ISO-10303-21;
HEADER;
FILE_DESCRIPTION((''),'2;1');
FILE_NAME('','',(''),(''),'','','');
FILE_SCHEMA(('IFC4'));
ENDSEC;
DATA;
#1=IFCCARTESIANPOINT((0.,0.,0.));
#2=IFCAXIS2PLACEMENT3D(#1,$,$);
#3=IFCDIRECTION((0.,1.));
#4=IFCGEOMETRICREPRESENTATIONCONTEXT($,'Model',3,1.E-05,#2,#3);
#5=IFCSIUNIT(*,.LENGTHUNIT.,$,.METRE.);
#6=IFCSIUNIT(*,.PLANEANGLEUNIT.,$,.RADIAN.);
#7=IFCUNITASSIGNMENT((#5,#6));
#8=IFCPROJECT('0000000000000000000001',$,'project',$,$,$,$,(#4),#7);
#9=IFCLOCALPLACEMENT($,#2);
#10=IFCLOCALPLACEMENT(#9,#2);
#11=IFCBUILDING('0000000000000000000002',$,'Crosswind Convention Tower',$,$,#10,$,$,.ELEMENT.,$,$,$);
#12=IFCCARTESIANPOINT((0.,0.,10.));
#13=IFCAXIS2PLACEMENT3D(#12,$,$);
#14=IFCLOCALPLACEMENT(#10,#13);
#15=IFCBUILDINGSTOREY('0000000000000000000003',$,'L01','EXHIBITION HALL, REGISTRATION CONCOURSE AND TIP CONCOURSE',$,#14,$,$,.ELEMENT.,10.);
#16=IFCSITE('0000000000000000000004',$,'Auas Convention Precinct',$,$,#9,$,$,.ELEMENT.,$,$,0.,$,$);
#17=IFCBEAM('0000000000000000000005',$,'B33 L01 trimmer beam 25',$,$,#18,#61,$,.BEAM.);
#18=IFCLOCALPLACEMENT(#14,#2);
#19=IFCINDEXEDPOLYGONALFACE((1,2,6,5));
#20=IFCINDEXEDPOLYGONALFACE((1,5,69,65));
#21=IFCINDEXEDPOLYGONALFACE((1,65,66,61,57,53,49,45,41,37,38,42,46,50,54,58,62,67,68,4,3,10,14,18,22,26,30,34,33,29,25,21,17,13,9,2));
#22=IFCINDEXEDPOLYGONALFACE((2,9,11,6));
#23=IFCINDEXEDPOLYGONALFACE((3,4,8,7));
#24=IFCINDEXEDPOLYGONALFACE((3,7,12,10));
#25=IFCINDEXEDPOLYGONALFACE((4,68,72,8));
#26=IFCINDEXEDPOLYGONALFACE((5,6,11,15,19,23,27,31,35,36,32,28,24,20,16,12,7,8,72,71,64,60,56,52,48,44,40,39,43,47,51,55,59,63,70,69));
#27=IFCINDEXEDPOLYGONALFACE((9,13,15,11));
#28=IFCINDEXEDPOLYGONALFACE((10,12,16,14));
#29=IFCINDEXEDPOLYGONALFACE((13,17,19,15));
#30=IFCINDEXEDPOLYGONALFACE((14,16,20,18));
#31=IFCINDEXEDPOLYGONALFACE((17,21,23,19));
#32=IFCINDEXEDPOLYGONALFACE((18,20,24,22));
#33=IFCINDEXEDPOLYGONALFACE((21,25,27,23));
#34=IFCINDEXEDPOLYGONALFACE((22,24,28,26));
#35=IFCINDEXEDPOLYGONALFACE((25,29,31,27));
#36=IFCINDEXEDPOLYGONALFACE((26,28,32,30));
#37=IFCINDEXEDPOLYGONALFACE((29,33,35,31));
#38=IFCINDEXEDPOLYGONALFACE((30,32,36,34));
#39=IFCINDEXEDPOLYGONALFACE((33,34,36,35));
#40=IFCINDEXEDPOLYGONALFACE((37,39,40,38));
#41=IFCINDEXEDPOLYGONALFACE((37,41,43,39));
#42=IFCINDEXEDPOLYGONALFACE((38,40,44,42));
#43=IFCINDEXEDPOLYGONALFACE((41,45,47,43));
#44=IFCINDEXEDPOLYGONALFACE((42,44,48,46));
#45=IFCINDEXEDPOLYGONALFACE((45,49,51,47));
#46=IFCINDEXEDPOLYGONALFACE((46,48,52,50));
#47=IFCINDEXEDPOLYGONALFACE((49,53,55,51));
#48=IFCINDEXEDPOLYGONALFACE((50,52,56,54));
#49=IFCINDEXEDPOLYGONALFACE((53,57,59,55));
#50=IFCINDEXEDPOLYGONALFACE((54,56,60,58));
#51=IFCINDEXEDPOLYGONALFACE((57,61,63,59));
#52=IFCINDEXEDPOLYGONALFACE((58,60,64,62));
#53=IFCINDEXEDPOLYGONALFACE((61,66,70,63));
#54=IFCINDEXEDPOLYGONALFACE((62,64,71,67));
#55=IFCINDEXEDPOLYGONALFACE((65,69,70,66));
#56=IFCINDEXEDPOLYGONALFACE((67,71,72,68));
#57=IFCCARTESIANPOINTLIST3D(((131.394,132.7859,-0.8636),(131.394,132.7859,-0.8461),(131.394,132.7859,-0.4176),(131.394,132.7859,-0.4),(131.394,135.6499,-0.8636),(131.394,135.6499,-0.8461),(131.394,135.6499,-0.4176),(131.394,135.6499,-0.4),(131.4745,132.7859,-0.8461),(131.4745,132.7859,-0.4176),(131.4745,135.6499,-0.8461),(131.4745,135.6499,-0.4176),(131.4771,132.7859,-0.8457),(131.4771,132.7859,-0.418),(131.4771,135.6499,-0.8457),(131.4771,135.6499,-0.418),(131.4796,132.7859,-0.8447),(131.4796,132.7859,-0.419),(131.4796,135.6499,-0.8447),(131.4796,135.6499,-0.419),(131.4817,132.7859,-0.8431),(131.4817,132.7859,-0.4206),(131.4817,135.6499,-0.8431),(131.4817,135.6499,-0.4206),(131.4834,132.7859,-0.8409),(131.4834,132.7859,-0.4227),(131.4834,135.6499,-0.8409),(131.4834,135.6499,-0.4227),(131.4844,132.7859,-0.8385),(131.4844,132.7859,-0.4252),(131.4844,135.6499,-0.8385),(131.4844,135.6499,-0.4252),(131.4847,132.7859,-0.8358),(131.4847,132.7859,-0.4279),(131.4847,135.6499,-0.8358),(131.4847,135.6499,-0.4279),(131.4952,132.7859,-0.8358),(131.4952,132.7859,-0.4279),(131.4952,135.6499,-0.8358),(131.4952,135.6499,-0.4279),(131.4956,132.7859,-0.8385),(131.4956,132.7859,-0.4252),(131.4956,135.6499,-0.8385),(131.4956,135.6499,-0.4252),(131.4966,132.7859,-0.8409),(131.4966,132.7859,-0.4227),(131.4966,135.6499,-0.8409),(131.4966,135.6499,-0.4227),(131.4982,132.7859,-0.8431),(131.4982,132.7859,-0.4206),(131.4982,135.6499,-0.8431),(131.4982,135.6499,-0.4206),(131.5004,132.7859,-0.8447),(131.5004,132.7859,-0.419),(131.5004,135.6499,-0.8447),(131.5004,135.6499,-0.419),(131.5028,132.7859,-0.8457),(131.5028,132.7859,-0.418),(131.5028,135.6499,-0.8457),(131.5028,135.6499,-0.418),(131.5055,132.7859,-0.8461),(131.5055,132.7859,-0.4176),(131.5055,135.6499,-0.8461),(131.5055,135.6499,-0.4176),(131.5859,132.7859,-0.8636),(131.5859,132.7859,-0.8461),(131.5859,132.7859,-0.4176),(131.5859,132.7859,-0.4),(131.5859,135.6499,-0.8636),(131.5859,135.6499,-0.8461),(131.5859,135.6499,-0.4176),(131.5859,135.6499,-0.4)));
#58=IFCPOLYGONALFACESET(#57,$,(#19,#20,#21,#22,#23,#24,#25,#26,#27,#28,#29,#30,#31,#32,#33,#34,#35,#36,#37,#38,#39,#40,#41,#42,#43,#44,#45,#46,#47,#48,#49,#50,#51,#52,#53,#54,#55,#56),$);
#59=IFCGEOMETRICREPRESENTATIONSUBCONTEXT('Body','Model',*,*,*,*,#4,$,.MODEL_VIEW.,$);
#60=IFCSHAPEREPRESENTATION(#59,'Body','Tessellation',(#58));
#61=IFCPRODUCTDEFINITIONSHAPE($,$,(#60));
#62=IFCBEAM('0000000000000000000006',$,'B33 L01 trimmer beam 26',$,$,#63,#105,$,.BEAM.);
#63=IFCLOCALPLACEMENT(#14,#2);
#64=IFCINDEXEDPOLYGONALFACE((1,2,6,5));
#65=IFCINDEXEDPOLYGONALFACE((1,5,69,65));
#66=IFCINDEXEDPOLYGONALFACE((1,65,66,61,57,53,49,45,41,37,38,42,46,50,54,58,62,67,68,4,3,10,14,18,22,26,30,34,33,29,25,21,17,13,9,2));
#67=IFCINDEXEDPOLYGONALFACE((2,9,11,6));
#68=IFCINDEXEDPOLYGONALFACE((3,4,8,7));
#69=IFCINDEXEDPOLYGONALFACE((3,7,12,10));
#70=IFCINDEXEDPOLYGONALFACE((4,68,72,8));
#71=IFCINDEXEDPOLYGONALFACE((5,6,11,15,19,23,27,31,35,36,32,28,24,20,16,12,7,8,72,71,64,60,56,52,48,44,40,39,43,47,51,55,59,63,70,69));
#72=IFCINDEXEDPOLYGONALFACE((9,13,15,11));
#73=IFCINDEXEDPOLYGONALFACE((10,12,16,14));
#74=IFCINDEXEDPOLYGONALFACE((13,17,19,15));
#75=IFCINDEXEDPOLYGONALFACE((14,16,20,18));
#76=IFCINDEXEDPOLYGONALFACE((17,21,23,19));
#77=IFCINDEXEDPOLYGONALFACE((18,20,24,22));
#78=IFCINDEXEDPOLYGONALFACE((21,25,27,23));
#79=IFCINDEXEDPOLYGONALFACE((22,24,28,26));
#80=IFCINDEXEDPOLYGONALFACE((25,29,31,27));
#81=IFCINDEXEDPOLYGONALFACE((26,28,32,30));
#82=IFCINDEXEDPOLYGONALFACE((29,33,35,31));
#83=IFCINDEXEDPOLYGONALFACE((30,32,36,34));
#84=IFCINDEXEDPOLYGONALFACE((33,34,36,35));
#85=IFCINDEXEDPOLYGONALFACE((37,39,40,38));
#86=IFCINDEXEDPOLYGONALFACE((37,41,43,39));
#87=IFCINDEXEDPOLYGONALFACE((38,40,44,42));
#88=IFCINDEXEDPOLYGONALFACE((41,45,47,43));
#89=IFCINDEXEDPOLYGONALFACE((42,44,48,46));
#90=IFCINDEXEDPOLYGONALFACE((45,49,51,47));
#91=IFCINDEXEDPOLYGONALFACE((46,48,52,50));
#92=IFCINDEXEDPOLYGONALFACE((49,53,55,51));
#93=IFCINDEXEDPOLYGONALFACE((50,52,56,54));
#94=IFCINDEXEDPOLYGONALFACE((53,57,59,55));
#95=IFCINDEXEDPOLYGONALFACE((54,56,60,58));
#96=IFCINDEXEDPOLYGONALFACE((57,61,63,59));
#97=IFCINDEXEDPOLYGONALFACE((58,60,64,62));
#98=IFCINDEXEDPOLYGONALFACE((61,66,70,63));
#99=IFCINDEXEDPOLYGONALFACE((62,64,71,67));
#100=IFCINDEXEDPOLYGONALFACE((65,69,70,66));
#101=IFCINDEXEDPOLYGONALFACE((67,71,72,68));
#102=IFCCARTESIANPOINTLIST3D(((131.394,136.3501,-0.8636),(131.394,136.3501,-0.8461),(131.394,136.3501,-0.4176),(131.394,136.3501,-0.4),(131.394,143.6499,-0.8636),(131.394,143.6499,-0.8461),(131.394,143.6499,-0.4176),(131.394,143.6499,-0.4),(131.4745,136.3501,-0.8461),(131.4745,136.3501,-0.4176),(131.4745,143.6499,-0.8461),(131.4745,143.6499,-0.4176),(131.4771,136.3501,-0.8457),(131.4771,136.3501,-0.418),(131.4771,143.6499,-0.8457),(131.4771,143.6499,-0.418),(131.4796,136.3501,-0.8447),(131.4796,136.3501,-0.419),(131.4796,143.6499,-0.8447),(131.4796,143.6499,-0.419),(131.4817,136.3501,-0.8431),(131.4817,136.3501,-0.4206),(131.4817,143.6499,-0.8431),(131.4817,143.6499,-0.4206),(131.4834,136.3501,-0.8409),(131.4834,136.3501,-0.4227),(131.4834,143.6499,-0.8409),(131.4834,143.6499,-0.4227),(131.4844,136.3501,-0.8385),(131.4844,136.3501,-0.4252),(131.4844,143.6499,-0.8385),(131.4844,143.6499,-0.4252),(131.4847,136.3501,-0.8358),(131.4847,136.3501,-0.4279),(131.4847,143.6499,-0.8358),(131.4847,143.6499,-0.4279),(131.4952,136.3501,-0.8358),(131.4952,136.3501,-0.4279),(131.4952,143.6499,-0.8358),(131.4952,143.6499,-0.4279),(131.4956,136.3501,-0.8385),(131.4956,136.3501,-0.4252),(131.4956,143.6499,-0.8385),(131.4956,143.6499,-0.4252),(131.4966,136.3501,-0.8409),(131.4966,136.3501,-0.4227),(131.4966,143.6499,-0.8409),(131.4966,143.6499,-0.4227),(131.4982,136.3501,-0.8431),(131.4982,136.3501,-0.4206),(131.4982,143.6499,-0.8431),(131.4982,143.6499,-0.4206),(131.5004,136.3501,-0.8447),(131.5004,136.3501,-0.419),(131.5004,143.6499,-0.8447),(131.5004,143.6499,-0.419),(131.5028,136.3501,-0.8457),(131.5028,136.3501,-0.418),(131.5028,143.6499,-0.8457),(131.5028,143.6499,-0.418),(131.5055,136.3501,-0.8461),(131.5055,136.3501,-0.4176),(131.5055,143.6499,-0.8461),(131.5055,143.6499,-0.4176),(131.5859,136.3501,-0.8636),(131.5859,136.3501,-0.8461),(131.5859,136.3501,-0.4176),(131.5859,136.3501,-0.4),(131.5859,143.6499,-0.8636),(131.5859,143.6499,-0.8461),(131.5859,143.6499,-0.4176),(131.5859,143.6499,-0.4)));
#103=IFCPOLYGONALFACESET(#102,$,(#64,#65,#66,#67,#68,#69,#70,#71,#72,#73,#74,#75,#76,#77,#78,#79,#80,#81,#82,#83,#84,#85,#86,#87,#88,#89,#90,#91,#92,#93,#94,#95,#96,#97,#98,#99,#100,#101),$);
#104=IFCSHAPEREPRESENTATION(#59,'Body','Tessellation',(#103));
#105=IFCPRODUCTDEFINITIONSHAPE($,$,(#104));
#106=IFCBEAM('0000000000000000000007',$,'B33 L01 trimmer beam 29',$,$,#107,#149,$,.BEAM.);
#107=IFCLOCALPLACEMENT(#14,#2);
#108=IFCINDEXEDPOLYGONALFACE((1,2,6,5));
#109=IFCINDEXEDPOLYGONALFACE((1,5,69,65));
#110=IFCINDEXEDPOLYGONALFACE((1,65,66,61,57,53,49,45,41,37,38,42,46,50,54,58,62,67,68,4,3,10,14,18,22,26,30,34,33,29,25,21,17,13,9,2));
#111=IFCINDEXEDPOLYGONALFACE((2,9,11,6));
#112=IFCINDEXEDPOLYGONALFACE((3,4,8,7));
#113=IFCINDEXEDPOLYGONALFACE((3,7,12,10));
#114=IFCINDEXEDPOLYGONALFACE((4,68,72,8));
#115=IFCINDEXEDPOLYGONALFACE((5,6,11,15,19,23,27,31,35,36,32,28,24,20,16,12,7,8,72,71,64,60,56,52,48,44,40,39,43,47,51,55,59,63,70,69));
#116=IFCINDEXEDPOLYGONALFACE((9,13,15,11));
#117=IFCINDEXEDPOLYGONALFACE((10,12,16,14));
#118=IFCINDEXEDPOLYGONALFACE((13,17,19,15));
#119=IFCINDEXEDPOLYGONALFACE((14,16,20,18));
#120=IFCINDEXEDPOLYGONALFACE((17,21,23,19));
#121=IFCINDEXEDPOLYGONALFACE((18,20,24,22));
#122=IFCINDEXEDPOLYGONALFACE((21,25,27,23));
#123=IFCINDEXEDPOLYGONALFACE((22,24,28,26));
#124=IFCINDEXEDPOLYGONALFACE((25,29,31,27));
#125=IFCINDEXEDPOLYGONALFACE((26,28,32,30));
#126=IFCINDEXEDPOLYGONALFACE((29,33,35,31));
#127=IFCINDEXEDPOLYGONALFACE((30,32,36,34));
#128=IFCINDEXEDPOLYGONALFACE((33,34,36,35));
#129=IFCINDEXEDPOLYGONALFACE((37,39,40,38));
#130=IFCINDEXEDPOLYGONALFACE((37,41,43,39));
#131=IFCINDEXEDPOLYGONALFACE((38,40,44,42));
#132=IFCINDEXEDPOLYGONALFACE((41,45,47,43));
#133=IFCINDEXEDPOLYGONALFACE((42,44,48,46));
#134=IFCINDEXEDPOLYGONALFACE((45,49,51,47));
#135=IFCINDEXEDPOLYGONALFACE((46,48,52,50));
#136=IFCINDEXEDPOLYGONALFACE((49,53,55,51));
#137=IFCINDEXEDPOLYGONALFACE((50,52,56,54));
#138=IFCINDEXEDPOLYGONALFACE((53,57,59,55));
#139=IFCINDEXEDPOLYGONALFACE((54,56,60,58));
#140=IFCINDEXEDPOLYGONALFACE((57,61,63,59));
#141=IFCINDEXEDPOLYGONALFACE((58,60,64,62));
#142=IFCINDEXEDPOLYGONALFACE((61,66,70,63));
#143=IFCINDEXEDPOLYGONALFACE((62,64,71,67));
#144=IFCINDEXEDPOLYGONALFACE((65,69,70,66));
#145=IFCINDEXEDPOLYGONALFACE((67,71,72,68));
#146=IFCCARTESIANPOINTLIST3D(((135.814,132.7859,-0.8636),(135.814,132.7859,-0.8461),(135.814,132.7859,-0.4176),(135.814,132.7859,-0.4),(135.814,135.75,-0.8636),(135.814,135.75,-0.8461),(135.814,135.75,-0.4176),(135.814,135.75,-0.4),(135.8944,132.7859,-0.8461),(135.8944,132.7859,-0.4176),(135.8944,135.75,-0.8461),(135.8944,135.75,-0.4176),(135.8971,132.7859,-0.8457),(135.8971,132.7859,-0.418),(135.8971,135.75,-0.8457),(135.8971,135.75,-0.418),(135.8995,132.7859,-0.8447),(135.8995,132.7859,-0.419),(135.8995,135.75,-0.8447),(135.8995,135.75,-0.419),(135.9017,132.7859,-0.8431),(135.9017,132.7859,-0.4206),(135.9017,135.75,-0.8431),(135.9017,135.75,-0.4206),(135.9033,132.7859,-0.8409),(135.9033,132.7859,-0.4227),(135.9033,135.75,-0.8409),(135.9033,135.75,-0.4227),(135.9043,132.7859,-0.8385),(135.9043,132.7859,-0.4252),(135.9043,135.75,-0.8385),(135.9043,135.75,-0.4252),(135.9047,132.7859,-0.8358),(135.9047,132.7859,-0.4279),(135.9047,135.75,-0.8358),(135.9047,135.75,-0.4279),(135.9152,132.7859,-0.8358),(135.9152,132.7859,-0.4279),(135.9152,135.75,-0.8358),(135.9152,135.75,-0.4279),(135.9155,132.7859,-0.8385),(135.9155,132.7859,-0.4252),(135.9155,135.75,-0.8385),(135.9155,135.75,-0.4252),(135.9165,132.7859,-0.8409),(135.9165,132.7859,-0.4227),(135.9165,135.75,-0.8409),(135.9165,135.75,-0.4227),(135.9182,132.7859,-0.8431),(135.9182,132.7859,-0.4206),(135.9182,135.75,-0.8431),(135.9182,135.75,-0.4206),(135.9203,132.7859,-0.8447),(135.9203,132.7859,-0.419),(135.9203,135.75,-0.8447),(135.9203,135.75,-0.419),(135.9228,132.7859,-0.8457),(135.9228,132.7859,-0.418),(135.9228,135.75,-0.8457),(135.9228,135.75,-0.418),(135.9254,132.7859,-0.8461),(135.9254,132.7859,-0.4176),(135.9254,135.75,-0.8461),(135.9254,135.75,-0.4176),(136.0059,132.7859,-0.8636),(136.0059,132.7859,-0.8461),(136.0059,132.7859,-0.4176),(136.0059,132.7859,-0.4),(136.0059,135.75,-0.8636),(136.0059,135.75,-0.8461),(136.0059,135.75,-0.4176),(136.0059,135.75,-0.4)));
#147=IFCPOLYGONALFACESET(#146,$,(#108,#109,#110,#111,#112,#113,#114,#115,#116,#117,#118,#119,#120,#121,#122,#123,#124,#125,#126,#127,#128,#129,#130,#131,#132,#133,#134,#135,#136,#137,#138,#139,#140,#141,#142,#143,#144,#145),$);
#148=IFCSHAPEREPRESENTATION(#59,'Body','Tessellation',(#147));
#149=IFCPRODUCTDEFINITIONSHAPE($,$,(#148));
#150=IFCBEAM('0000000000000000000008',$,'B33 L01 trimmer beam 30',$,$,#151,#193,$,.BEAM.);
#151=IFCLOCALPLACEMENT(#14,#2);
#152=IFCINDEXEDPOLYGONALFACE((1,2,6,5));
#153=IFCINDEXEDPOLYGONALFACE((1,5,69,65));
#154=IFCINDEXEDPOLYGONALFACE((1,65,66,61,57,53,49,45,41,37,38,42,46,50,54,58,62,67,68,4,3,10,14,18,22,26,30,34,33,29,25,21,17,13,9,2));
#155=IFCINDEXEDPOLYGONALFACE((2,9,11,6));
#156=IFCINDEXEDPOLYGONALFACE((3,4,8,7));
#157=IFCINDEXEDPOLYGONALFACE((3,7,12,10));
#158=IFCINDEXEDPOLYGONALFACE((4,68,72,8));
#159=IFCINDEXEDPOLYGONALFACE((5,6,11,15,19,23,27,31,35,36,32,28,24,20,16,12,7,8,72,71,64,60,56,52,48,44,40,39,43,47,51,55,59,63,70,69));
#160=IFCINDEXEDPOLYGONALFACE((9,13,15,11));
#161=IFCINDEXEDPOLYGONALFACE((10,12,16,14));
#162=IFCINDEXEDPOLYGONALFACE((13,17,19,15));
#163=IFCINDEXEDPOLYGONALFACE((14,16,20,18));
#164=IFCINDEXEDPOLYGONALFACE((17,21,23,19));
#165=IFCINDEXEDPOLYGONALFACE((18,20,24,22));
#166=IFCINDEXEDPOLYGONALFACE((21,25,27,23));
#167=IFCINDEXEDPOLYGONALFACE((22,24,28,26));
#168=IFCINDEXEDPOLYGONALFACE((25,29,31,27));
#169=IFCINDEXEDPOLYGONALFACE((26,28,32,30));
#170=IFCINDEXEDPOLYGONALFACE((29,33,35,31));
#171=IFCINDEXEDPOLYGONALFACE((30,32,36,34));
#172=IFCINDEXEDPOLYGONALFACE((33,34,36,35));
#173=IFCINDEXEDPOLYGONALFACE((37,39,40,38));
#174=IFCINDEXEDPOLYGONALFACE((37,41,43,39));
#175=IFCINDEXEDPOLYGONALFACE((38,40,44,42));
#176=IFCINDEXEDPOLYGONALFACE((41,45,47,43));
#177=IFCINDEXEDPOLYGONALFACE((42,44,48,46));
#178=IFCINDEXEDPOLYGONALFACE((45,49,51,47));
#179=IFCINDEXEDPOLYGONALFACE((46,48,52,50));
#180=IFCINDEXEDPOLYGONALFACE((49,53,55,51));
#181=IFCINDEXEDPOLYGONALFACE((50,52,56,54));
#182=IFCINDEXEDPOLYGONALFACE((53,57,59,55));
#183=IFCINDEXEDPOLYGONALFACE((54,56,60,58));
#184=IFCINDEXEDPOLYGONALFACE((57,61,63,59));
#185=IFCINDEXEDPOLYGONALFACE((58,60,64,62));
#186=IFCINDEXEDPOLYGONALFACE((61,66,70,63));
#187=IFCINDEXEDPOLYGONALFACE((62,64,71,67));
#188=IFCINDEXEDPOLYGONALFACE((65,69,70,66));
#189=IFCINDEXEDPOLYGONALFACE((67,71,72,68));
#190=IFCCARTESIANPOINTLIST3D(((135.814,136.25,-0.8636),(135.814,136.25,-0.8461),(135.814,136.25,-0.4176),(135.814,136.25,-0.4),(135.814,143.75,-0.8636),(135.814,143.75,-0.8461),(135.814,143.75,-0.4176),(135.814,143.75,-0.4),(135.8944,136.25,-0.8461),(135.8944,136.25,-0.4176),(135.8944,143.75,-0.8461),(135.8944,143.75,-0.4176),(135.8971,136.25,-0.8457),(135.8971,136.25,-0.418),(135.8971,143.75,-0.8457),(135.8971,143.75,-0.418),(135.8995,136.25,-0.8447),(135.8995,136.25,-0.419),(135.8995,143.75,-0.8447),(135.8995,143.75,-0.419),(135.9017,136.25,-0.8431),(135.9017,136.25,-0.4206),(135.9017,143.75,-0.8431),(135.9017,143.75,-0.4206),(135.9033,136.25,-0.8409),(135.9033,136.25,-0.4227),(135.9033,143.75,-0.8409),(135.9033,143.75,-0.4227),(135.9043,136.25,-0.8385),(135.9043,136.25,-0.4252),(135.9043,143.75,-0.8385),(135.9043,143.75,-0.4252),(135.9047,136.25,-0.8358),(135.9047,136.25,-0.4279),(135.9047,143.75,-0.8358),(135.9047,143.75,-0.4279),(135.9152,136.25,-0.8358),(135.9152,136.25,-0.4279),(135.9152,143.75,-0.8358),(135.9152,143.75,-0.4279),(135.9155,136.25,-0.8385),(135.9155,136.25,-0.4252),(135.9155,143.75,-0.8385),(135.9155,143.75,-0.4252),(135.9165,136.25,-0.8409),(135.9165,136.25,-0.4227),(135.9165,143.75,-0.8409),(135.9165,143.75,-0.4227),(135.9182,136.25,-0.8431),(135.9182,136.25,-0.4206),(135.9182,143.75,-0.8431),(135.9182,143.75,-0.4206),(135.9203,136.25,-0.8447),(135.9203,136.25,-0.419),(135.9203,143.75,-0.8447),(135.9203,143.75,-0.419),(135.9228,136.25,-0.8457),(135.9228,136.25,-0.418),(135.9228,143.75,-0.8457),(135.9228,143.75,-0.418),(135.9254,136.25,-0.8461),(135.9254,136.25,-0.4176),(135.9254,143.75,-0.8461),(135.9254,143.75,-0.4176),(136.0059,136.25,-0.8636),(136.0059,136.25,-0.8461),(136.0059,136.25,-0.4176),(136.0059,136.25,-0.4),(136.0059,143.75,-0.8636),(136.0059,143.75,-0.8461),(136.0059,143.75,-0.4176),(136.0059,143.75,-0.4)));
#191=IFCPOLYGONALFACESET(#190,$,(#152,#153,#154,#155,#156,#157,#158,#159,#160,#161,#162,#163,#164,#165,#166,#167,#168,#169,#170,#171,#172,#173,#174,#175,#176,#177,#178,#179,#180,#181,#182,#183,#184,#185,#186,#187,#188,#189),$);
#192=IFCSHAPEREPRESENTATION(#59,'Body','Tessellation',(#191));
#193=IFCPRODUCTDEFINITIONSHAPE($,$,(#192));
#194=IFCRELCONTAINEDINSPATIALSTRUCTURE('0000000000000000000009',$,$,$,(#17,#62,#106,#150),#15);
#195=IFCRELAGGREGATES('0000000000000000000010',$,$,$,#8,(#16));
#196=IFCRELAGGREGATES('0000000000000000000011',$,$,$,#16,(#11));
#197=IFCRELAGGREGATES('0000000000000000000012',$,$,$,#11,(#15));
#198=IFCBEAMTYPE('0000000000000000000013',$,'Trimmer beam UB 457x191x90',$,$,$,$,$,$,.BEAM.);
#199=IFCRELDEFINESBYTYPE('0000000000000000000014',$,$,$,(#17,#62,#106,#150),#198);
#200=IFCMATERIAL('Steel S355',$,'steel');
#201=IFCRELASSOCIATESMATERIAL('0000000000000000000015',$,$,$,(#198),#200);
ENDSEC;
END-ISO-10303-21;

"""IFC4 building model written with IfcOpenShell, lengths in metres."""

from ifc_helpers import new_model, si_unit, direction, frame, origin, origin_2d, place, context, subcontext, project, spatial, i_section, extrude, material, material_profile, profile_set, type_object, element, save


model = new_model("IFC4")

# Units and contexts
model_context = context("Model", 3, precision=1e-05, world=origin(), true_north=direction((0.0, 1.0)))
body_context = subcontext(model_context, "Body", "Model", "MODEL_VIEW")
ifc_project = project(units=[si_unit("LENGTHUNIT", "METRE"), si_unit("PLANEANGLEUNIT", "RADIAN")], contexts=[model_context])

# Site, building, storey
site_placement = place(None, origin())
site = spatial("IfcSite", under=ifc_project, at=site_placement, Name="Auas Convention Precinct", CompositionType="ELEMENT", RefElevation=0.0)
building_placement = place(site_placement, origin())
building = spatial("IfcBuilding", under=site, at=building_placement, Name="Crosswind Convention Tower", CompositionType="ELEMENT")
storey_placement = place(building_placement, frame((0.0, 0.0, 10.0)))
storey = spatial("IfcBuildingStorey", under=building, at=storey_placement, Name="L01", Description="EXHIBITION HALL, REGISTRATION CONCOURSE AND TIP CONCOURSE", CompositionType="ELEMENT", Elevation=10.0)

# Shared definitions
ifc_material_1 = material(Name="Steel S355", Category="steel")

# Beams
ifc_material_profile_1 = material_profile(ifc_material_1, i_section(OverallWidth=0.1919, OverallDepth=0.4636, WebThickness=0.0105, FlangeThickness=0.0176, FilletRadius=0.0103, at=origin_2d()), Name="UB 457x191x90")
ifc_profile_set_1 = profile_set([ifc_material_profile_1], Name="Steel S355")
beam_type_1 = type_object("IfcBeamType", Name="Trimmer beam UB 457x191x90", PredefinedType="BEAM", material=ifc_profile_set_1)
beam_1_placement = place(storey_placement, frame((131.49, 132.7859, -0.6318), z_axis=(0.0, 1.0, 0.0), x_axis=(-1.0, 0.0, 0.0)))
element("IfcBeam", 1, at=beam_1_placement, inside=storey, type_object=beam_type_1, Name="B33 L01 trimmer beam 25", PredefinedType="BEAM", context=body_context, shape_type="SweptSolid", body=[
    extrude(i_section(OverallWidth=0.1919, OverallDepth=0.4636, WebThickness=0.0105, FlangeThickness=0.0176, FilletRadius=0.0103, at=origin_2d()), origin(), (0.0, 0.0, 1.0), 2.864),
])
beam_2_placement = place(storey_placement, frame((131.49, 136.3501, -0.6318), z_axis=(0.0, 1.0, 0.0), x_axis=(-1.0, 0.0, 0.0)))
element("IfcBeam", 2, at=beam_2_placement, inside=storey, type_object=beam_type_1, Name="B33 L01 trimmer beam 26", PredefinedType="BEAM", context=body_context, shape_type="SweptSolid", body=[
    extrude(i_section(OverallWidth=0.1919, OverallDepth=0.4636, WebThickness=0.0105, FlangeThickness=0.0176, FilletRadius=0.0103, at=origin_2d()), origin(), (0.0, 0.0, 1.0), 7.2998),
])
beam_3_placement = place(storey_placement, frame((135.9099, 132.7859, -0.6318), z_axis=(0.0, 1.0, 0.0), x_axis=(-1.0, 0.0, 0.0)))
element("IfcBeam", 3, at=beam_3_placement, inside=storey, type_object=beam_type_1, Name="B33 L01 trimmer beam 29", PredefinedType="BEAM", context=body_context, shape_type="SweptSolid", body=[
    extrude(i_section(OverallWidth=0.1919, OverallDepth=0.4636, WebThickness=0.0105, FlangeThickness=0.0176, FilletRadius=0.0103, at=origin_2d()), origin(), (0.0, 0.0, 1.0), 2.9641),
])
beam_4_placement = place(storey_placement, frame((135.9099, 136.25, -0.6318), z_axis=(0.0, 1.0, 0.0), x_axis=(-1.0, 0.0, 0.0)))
element("IfcBeam", 4, at=beam_4_placement, inside=storey, type_object=beam_type_1, Name="B33 L01 trimmer beam 30", PredefinedType="BEAM", context=body_context, shape_type="SweptSolid", body=[
    extrude(i_section(OverallWidth=0.1919, OverallDepth=0.4636, WebThickness=0.0105, FlangeThickness=0.0176, FilletRadius=0.0103, at=origin_2d()), origin(), (0.0, 0.0, 1.0), 7.5),
])

save(model, "model.ifc")
